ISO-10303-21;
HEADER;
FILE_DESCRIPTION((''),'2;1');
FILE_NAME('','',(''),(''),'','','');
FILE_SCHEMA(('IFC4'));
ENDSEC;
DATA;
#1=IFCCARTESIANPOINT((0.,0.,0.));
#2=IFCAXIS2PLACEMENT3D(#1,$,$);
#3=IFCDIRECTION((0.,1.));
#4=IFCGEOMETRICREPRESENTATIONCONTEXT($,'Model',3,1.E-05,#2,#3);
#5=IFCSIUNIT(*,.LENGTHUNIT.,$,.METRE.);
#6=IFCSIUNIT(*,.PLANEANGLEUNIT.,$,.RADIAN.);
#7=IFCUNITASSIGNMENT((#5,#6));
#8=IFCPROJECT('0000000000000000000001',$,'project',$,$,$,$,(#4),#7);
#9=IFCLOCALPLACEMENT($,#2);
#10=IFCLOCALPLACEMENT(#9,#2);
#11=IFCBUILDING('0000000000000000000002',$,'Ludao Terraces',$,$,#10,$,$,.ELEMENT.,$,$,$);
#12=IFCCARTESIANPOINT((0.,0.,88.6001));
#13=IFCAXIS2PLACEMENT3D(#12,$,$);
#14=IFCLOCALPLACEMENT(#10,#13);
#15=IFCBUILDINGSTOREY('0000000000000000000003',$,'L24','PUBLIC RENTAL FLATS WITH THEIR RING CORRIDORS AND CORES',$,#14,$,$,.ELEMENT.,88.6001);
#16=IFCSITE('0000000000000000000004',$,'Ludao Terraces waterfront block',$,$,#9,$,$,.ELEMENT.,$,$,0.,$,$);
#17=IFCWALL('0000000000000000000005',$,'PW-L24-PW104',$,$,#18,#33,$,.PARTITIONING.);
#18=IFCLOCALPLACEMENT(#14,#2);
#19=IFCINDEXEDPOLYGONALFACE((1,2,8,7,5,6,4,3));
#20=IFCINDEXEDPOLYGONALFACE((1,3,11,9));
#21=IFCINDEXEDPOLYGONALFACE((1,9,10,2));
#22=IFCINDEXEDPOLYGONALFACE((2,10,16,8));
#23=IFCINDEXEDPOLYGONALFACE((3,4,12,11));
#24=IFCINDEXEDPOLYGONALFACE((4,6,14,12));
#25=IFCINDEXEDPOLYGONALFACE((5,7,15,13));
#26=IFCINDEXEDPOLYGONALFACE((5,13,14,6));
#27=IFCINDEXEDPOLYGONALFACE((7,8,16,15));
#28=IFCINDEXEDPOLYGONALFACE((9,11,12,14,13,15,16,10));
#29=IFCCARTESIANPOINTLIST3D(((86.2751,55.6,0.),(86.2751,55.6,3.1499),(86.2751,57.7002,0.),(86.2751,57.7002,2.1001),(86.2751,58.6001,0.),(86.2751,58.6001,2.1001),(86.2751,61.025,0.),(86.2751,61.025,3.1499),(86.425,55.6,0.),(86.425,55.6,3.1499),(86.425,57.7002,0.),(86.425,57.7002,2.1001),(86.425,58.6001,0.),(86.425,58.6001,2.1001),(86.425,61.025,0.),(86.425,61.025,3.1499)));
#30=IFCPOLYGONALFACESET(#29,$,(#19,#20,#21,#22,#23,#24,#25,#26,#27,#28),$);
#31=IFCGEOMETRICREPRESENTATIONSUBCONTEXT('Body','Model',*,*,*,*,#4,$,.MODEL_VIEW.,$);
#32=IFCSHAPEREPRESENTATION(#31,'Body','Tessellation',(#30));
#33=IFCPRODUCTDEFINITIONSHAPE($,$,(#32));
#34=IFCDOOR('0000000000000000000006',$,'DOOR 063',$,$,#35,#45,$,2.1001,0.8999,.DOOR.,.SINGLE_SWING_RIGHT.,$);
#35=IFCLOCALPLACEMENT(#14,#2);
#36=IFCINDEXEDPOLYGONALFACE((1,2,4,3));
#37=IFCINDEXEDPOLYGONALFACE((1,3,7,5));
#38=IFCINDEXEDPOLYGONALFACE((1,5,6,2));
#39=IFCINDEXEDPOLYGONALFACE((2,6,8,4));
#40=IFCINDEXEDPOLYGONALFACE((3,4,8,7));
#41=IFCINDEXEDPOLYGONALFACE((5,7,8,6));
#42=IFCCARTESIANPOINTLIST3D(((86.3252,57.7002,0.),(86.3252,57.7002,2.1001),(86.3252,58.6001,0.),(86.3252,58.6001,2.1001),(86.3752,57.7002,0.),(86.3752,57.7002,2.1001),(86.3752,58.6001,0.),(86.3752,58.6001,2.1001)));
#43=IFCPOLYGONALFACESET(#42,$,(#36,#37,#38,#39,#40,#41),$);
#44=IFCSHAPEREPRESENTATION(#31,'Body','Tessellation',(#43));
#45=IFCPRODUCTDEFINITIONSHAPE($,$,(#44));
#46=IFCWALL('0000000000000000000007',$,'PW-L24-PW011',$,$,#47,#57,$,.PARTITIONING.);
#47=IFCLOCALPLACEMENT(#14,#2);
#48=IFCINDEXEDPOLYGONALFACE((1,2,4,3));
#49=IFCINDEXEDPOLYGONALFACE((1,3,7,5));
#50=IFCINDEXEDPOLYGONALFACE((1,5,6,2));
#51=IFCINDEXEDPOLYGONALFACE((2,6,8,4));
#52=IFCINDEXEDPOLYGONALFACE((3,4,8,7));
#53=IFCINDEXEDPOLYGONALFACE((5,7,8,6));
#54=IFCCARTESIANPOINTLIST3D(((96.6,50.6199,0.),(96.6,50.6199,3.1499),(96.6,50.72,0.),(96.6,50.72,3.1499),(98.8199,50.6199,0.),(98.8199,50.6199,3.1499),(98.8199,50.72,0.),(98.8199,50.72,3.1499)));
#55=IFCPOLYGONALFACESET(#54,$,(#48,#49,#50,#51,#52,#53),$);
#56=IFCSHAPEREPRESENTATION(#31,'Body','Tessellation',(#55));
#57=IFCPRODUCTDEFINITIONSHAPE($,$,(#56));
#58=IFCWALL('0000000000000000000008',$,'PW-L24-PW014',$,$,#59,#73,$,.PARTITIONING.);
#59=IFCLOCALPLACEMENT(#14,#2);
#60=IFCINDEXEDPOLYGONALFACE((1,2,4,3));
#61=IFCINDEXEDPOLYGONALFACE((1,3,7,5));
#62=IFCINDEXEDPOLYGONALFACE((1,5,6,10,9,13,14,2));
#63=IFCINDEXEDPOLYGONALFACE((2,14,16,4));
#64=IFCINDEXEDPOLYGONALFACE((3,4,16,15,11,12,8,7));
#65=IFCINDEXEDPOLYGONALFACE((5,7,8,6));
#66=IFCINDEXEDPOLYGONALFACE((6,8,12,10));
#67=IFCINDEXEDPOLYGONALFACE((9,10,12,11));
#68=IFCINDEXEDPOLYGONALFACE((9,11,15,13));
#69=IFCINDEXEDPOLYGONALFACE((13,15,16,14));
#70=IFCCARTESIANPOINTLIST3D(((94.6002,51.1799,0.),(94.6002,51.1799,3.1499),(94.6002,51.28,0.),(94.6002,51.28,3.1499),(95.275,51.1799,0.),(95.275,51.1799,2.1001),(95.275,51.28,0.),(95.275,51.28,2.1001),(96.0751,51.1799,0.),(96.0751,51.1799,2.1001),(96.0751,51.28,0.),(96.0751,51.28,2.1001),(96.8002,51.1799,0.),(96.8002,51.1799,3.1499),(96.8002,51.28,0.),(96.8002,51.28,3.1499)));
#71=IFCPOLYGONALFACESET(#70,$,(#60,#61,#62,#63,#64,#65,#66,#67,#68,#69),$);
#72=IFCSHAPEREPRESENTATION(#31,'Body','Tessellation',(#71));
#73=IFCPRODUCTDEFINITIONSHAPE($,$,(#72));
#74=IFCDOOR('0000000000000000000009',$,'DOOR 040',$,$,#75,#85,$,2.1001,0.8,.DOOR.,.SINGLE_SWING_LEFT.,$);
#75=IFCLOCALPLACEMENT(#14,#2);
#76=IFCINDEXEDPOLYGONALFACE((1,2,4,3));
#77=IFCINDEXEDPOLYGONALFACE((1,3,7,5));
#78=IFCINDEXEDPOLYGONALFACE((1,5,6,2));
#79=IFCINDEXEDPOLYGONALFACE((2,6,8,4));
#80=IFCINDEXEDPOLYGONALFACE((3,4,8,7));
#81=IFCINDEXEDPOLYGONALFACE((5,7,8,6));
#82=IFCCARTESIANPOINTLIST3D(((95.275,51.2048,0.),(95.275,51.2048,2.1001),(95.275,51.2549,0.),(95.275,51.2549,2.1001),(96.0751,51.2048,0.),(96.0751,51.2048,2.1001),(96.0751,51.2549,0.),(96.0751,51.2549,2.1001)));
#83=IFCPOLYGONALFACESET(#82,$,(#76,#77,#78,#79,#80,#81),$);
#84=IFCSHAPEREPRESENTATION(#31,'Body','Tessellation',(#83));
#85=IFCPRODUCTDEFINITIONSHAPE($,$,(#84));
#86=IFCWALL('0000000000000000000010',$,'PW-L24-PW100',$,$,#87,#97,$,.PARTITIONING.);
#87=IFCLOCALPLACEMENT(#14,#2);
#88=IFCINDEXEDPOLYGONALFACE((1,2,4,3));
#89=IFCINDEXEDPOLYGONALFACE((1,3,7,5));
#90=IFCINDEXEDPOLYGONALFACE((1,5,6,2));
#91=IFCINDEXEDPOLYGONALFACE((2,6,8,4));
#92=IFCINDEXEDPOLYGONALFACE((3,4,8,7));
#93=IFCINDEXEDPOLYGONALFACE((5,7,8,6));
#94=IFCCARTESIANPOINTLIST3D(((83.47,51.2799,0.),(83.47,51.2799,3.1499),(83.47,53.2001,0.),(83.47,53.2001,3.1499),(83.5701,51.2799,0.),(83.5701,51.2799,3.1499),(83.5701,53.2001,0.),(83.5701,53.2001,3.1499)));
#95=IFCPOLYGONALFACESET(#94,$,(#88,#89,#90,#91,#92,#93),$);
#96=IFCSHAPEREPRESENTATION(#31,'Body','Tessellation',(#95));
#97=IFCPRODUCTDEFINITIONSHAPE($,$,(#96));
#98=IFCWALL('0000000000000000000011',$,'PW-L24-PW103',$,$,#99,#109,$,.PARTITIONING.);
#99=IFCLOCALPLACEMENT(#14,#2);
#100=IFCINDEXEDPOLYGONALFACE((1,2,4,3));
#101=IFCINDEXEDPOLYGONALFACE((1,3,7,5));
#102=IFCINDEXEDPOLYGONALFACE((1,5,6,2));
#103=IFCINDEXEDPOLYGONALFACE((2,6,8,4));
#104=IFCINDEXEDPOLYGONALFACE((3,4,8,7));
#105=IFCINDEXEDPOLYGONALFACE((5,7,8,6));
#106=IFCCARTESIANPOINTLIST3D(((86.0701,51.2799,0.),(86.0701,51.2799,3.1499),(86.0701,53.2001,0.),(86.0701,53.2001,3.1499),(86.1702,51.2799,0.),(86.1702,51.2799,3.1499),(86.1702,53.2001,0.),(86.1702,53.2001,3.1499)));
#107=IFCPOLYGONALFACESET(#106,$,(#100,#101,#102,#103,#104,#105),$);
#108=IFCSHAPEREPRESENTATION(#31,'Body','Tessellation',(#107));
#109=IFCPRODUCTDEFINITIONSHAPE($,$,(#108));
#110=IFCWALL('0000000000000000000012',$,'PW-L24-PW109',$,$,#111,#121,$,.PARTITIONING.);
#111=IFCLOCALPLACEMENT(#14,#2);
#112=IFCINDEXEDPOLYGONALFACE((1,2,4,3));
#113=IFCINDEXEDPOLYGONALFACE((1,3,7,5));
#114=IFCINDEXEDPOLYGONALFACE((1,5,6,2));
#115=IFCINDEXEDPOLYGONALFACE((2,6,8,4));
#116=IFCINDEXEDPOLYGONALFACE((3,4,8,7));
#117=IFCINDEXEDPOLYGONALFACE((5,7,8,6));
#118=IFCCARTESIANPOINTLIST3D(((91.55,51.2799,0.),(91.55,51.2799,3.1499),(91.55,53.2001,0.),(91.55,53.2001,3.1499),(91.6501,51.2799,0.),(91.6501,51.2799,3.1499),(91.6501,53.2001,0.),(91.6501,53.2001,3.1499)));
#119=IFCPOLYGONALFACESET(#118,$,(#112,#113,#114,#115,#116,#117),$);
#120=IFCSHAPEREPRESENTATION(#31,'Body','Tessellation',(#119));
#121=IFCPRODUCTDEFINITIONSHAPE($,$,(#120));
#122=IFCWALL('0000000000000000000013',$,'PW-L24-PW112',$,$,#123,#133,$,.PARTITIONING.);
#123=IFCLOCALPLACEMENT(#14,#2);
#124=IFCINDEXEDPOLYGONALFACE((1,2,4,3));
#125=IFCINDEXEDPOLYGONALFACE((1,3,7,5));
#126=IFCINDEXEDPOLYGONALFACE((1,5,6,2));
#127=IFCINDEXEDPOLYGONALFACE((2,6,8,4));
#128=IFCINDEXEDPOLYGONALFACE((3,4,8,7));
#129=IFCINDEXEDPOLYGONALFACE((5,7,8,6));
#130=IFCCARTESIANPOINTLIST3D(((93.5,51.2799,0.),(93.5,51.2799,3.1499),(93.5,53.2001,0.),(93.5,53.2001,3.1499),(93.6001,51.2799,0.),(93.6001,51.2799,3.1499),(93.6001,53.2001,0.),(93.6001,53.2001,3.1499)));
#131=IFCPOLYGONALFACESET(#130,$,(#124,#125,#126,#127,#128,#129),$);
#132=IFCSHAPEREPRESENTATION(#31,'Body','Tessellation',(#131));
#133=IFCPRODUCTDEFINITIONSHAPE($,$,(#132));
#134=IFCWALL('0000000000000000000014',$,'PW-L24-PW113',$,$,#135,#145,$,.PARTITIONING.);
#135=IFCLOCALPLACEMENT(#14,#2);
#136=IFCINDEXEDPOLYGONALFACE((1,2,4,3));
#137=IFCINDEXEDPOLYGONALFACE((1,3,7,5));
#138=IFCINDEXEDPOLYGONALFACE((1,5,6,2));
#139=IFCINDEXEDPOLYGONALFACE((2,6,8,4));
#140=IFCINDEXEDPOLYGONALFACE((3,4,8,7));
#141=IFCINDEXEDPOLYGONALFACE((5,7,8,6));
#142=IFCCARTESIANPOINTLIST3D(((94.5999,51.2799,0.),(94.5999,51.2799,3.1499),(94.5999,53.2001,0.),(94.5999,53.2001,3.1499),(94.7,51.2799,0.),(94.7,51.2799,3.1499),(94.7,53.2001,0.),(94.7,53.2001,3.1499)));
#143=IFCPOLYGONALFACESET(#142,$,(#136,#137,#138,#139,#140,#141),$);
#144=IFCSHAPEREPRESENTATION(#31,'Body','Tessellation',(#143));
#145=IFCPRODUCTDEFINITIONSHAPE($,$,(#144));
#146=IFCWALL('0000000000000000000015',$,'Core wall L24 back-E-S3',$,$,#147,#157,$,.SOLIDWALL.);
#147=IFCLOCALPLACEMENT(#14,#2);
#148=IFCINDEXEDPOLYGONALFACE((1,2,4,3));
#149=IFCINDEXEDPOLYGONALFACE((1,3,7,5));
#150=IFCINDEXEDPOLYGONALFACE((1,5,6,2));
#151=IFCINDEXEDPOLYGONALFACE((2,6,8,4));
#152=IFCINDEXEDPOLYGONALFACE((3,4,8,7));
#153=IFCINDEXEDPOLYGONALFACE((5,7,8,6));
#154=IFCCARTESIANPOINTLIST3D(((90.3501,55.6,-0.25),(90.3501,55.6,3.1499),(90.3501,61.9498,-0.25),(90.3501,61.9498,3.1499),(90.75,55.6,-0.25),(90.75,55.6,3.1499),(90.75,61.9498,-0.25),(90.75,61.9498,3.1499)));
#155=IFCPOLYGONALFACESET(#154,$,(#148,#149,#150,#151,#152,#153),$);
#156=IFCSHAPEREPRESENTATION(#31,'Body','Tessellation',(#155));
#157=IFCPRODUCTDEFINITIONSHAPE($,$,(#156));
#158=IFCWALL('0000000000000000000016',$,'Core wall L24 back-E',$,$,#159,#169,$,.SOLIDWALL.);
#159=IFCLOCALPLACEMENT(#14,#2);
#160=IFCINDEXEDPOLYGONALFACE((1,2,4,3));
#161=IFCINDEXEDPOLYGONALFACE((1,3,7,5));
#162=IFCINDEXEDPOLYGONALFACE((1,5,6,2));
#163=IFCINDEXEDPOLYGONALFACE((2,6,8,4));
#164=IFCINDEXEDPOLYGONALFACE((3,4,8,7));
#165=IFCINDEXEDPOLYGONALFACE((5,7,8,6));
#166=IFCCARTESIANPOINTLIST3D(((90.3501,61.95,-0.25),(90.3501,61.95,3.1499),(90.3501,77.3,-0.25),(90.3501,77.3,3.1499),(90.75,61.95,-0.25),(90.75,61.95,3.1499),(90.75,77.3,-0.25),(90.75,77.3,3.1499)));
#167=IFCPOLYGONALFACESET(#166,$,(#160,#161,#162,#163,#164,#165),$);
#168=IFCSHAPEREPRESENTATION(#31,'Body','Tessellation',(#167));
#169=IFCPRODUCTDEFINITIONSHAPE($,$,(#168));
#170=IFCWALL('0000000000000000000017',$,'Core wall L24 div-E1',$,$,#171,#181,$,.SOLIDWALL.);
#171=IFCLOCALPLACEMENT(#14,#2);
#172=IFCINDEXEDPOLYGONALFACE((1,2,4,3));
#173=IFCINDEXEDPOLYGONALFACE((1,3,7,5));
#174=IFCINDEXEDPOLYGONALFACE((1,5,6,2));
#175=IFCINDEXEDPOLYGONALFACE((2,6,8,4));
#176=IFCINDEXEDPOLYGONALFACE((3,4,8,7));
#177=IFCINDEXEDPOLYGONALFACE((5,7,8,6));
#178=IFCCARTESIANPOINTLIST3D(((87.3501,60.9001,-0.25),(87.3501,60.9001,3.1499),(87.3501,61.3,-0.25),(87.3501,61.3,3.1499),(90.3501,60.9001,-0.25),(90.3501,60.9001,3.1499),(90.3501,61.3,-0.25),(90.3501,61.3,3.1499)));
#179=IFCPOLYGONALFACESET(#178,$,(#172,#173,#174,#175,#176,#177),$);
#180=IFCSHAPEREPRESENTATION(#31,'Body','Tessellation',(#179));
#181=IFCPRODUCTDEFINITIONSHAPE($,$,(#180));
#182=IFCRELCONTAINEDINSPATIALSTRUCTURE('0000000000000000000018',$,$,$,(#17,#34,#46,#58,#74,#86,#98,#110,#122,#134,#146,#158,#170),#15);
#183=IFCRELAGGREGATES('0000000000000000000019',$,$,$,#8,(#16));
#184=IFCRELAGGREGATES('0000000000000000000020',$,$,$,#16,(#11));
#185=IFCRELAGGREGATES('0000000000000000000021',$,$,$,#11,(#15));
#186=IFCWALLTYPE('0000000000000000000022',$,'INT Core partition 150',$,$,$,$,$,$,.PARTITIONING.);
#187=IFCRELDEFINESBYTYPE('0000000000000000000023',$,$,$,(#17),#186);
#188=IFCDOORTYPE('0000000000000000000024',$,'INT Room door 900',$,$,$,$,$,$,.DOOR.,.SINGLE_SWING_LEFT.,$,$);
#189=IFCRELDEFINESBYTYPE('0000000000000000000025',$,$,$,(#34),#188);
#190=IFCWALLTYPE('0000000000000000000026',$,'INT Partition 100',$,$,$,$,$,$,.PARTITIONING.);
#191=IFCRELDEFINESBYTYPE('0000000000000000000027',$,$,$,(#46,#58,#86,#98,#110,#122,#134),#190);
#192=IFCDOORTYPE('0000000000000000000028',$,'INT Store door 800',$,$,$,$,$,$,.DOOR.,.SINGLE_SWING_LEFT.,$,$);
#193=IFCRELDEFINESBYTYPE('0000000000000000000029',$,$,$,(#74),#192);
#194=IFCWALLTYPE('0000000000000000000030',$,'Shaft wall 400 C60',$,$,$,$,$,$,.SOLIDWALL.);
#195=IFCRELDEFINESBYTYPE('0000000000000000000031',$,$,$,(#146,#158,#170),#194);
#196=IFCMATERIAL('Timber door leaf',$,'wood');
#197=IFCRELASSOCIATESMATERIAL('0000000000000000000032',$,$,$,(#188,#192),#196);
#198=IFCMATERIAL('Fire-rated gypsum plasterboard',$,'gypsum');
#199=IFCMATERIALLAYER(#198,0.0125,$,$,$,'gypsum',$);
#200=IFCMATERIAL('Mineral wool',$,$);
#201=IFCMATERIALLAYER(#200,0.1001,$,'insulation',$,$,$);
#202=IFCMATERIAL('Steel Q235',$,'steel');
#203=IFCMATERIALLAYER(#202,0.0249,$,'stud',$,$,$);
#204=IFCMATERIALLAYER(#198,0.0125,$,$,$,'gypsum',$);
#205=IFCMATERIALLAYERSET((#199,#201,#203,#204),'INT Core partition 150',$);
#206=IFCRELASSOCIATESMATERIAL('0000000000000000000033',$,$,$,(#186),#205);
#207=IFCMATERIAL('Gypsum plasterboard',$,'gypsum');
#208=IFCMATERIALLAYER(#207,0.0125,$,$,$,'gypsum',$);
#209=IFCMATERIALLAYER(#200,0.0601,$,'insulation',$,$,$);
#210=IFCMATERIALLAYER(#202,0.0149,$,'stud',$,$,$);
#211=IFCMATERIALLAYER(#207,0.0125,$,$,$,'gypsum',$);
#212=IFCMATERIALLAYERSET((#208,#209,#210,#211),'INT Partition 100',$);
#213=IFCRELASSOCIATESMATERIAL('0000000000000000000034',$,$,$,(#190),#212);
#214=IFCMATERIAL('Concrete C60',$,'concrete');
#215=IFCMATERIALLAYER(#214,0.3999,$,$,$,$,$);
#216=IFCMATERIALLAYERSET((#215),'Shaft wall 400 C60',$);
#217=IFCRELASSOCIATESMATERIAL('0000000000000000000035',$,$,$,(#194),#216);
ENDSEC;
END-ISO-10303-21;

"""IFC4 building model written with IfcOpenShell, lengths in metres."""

from ifc_helpers import new_model, si_unit, direction, frame, frame_2d, origin, place, context, subcontext, project, spatial, rectangle, extrude, material, layer, layer_set, type_object, element, fill, save


model = new_model("IFC4")

# Units and contexts
model_context = context("Model", 3, precision=1e-05, world=origin(), true_north=direction((0.0, 1.0)))
body_context = subcontext(model_context, "Body", "Model", "MODEL_VIEW")
ifc_project = project(units=[si_unit("LENGTHUNIT", "METRE"), si_unit("PLANEANGLEUNIT", "RADIAN")], contexts=[model_context])

# Site, building, storey
site_placement = place(None, origin())
site = spatial("IfcSite", under=ifc_project, at=site_placement, Name="Ludao Terraces waterfront block", CompositionType="ELEMENT", RefElevation=0.0)
building_placement = place(site_placement, origin())
building = spatial("IfcBuilding", under=site, at=building_placement, Name="Ludao Terraces", CompositionType="ELEMENT")
storey_placement = place(building_placement, frame((0.0, 0.0, 88.6001)))
storey = spatial("IfcBuildingStorey", under=building, at=storey_placement, Name="L24", Description="PUBLIC RENTAL FLATS WITH THEIR RING CORRIDORS AND CORES", CompositionType="ELEMENT", Elevation=88.6001)

# Shared definitions
ifc_material_1 = material(Name="Steel Q235", Category="steel")

# Shared definitions
ifc_material_2 = material(Name="Timber door leaf", Category="wood")
door_type_1 = type_object("IfcDoorType", Name="INT Room door 900", OperationType="SINGLE_SWING_LEFT", PredefinedType="DOOR", material=ifc_material_2)

# Wall, opening, door
ifc_material_3 = material(Name="Fire-rated gypsum plasterboard", Category="gypsum")
ifc_layer_1 = layer(ifc_material_3, 0.0125, Category="gypsum")
ifc_material_4 = material(Name="Mineral wool")
ifc_layer_2 = layer(ifc_material_4, 0.1001, Name="insulation")
ifc_layer_3 = layer(ifc_material_1, 0.0249, Name="stud")
ifc_layer_4 = layer(ifc_material_3, 0.0125, Category="gypsum")
ifc_layer_set_1 = layer_set([ifc_layer_1, ifc_layer_2, ifc_layer_3, ifc_layer_4], Name="INT Core partition 150")
wall_type_1 = type_object("IfcWallType", Name="INT Core partition 150", PredefinedType="PARTITIONING", material=ifc_layer_set_1)
wall_1_placement = place(storey_placement, frame((86.3501, 55.6001, 0.0), z_axis=(0.0, 0.0, 1.0), x_axis=(0.0, 1.0, 0.0)))
wall_1 = element("IfcWall", 1, at=wall_1_placement, inside=storey, type_object=wall_type_1, Name="PW-L24-PW104", PredefinedType="PARTITIONING", context=body_context, shape_type="SweptSolid", body=[
    extrude(rectangle(XDim=5.425, YDim=0.1499, at=frame_2d((2.7124, 0.0))), origin(), (0.0, 0.0, 1.0), 3.1499),
])
opening_1_placement = place(wall_1_placement, frame((2.1001, 0.0, 0.0)))
opening_1 = element("IfcOpeningElement", 2, at=opening_1_placement, cuts=wall_1, PredefinedType="OPENING", context=body_context, shape_type="SweptSolid", body=[
    extrude(rectangle(XDim=0.8999, YDim=2.1001, at=frame_2d((0.45, 1.05))), frame((0.0, 0.085, 0.0), z_axis=(0.0, -1.0, 0.0), x_axis=(1.0, 0.0, 0.0)), (0.0, 0.0, 1.0), 0.1699),
])
door_1_placement = place(opening_1_placement, origin())
door_1 = element("IfcDoor", 3, at=door_1_placement, inside=storey, type_object=door_type_1, Name="DOOR 063", OperationType="SINGLE_SWING_RIGHT", OverallHeight=2.1001, OverallWidth=0.8999, PredefinedType="DOOR", context=body_context, shape_type="SweptSolid", body=[
    extrude(rectangle(XDim=0.8999, YDim=2.1001, at=frame_2d((0.45, 1.05))), frame((0.0, 0.0249, 0.0), z_axis=(0.0, -1.0, 0.0), x_axis=(1.0, 0.0, 0.0)), (0.0, 0.0, 1.0), 0.05),
])
fill(opening_1, door_1)

# Wall
ifc_material_5 = material(Name="Gypsum plasterboard", Category="gypsum")
ifc_layer_5 = layer(ifc_material_5, 0.0125, Category="gypsum")
ifc_layer_6 = layer(ifc_material_4, 0.0601, Name="insulation")
ifc_layer_7 = layer(ifc_material_1, 0.0149, Name="stud")
ifc_layer_8 = layer(ifc_material_5, 0.0125, Category="gypsum")
ifc_layer_set_2 = layer_set([ifc_layer_5, ifc_layer_6, ifc_layer_7, ifc_layer_8], Name="INT Partition 100")
wall_type_2 = type_object("IfcWallType", Name="INT Partition 100", PredefinedType="PARTITIONING", material=ifc_layer_set_2)
wall_2_placement = place(storey_placement, frame((96.6001, 50.6699, 0.0), z_axis=(0.0, 0.0, 1.0), x_axis=(1.0, 0.0, 0.0)))
element("IfcWall", 4, at=wall_2_placement, inside=storey, type_object=wall_type_2, Name="PW-L24-PW011", PredefinedType="PARTITIONING", context=body_context, shape_type="SweptSolid", body=[
    extrude(rectangle(XDim=2.22, YDim=0.1001, at=frame_2d((1.1099, 0.0))), origin(), (0.0, 0.0, 1.0), 3.1499),
])

# Wall, opening, door
wall_3_placement = place(storey_placement, frame((94.6001, 51.23, 0.0), z_axis=(0.0, 0.0, 1.0), x_axis=(1.0, 0.0, 0.0)))
wall_3 = element("IfcWall", 5, at=wall_3_placement, inside=storey, type_object=wall_type_2, Name="PW-L24-PW014", PredefinedType="PARTITIONING", context=body_context, shape_type="SweptSolid", body=[
    extrude(rectangle(XDim=2.2, YDim=0.1001, at=frame_2d((1.1001, 0.0))), origin(), (0.0, 0.0, 1.0), 3.1499),
])
opening_2_placement = place(wall_3_placement, frame((0.675, 0.0, 0.0)))
opening_2 = element("IfcOpeningElement", 6, at=opening_2_placement, cuts=wall_3, PredefinedType="OPENING", context=body_context, shape_type="SweptSolid", body=[
    extrude(rectangle(XDim=0.8, YDim=2.1001, at=frame_2d((0.3999, 1.05))), frame((0.0, 0.0601, 0.0), z_axis=(0.0, -1.0, 0.0), x_axis=(1.0, 0.0, 0.0)), (0.0, 0.0, 1.0), 0.1201),
])
door_type_2 = type_object("IfcDoorType", Name="INT Store door 800", OperationType="SINGLE_SWING_LEFT", PredefinedType="DOOR", material=ifc_material_2)
door_2_placement = place(opening_2_placement, origin())
door_2 = element("IfcDoor", 7, at=door_2_placement, inside=storey, type_object=door_type_2, Name="DOOR 040", OperationType="SINGLE_SWING_LEFT", OverallHeight=2.1001, OverallWidth=0.8, PredefinedType="DOOR", context=body_context, shape_type="SweptSolid", body=[
    extrude(rectangle(XDim=0.8, YDim=2.1001, at=frame_2d((0.3999, 1.05))), frame((0.0, 0.0249, 0.0), z_axis=(0.0, -1.0, 0.0), x_axis=(1.0, 0.0, 0.0)), (0.0, 0.0, 1.0), 0.05),
])
fill(opening_2, door_2)

# Walls
for number, where, z_axis, x_axis, name in (
    (8, (83.52, 51.28, 0.0), (0.0, 0.0, 1.0), (0.0, 1.0, 0.0), "PW-L24-PW100"),
    (9, (86.1201, 51.28, 0.0), (0.0, 0.0, 1.0), (0.0, 1.0, 0.0), "PW-L24-PW103"),
    (10, (91.6001, 51.28, 0.0), (0.0, 0.0, 1.0), (0.0, 1.0, 0.0), "PW-L24-PW109"),
    (11, (93.55, 51.28, 0.0), (0.0, 0.0, 1.0), (0.0, 1.0, 0.0), "PW-L24-PW112"),
    (12, (94.6499, 51.28, 0.0), (0.0, 0.0, 1.0), (0.0, 1.0, 0.0), "PW-L24-PW113"),
):
    element("IfcWall", number, at=place(storey_placement, frame(where, z_axis=z_axis, x_axis=x_axis)), inside=storey, type_object=wall_type_2, Name=name, PredefinedType="PARTITIONING", context=body_context, shape_type="SweptSolid", body=[
        extrude(rectangle(XDim=1.9202, YDim=0.1001, at=frame_2d((0.96, 0.0))), origin(), (0.0, 0.0, 1.0), 3.1499),
    ])
ifc_material_6 = material(Name="Concrete C60", Category="concrete")
ifc_layer_9 = layer(ifc_material_6, 0.3999)
ifc_layer_set_3 = layer_set([ifc_layer_9], Name="Shaft wall 400 C60")
wall_type_3 = type_object("IfcWallType", Name="Shaft wall 400 C60", PredefinedType="SOLIDWALL", material=ifc_layer_set_3)
wall_4_placement = place(storey_placement, frame((90.55, 55.6001, -0.25), z_axis=(0.0, 0.0, 1.0), x_axis=(0.0, 1.0, 0.0)))
element("IfcWall", 13, at=wall_4_placement, inside=storey, type_object=wall_type_3, Name="Core wall L24 back-E-S3", PredefinedType="SOLIDWALL", context=body_context, shape_type="SweptSolid", body=[
    extrude(rectangle(XDim=6.3499, YDim=0.3999, at=frame_2d((3.1748, 0.0))), origin(), (0.0, 0.0, 1.0), 3.3999),
])
wall_5_placement = place(storey_placement, frame((90.55, 61.95, -0.25), z_axis=(0.0, 0.0, 1.0), x_axis=(0.0, 1.0, 0.0)))
element("IfcWall", 14, at=wall_5_placement, inside=storey, type_object=wall_type_3, Name="Core wall L24 back-E", PredefinedType="SOLIDWALL", context=body_context, shape_type="SweptSolid", body=[
    extrude(rectangle(XDim=15.3501, YDim=0.3999, at=frame_2d((7.675, 0.0))), origin(), (0.0, 0.0, 1.0), 3.3999),
])
wall_6_placement = place(storey_placement, frame((87.3501, 61.1001, -0.25), z_axis=(0.0, 0.0, 1.0), x_axis=(1.0, 0.0, 0.0)))
element("IfcWall", 15, at=wall_6_placement, inside=storey, type_object=wall_type_3, Name="Core wall L24 div-E1", PredefinedType="SOLIDWALL", context=body_context, shape_type="SweptSolid", body=[
    extrude(rectangle(XDim=3.0, YDim=0.3999, at=frame_2d((1.5, 0.0))), origin(), (0.0, 0.0, 1.0), 3.3999),
])

save(model, "model.ifc")
